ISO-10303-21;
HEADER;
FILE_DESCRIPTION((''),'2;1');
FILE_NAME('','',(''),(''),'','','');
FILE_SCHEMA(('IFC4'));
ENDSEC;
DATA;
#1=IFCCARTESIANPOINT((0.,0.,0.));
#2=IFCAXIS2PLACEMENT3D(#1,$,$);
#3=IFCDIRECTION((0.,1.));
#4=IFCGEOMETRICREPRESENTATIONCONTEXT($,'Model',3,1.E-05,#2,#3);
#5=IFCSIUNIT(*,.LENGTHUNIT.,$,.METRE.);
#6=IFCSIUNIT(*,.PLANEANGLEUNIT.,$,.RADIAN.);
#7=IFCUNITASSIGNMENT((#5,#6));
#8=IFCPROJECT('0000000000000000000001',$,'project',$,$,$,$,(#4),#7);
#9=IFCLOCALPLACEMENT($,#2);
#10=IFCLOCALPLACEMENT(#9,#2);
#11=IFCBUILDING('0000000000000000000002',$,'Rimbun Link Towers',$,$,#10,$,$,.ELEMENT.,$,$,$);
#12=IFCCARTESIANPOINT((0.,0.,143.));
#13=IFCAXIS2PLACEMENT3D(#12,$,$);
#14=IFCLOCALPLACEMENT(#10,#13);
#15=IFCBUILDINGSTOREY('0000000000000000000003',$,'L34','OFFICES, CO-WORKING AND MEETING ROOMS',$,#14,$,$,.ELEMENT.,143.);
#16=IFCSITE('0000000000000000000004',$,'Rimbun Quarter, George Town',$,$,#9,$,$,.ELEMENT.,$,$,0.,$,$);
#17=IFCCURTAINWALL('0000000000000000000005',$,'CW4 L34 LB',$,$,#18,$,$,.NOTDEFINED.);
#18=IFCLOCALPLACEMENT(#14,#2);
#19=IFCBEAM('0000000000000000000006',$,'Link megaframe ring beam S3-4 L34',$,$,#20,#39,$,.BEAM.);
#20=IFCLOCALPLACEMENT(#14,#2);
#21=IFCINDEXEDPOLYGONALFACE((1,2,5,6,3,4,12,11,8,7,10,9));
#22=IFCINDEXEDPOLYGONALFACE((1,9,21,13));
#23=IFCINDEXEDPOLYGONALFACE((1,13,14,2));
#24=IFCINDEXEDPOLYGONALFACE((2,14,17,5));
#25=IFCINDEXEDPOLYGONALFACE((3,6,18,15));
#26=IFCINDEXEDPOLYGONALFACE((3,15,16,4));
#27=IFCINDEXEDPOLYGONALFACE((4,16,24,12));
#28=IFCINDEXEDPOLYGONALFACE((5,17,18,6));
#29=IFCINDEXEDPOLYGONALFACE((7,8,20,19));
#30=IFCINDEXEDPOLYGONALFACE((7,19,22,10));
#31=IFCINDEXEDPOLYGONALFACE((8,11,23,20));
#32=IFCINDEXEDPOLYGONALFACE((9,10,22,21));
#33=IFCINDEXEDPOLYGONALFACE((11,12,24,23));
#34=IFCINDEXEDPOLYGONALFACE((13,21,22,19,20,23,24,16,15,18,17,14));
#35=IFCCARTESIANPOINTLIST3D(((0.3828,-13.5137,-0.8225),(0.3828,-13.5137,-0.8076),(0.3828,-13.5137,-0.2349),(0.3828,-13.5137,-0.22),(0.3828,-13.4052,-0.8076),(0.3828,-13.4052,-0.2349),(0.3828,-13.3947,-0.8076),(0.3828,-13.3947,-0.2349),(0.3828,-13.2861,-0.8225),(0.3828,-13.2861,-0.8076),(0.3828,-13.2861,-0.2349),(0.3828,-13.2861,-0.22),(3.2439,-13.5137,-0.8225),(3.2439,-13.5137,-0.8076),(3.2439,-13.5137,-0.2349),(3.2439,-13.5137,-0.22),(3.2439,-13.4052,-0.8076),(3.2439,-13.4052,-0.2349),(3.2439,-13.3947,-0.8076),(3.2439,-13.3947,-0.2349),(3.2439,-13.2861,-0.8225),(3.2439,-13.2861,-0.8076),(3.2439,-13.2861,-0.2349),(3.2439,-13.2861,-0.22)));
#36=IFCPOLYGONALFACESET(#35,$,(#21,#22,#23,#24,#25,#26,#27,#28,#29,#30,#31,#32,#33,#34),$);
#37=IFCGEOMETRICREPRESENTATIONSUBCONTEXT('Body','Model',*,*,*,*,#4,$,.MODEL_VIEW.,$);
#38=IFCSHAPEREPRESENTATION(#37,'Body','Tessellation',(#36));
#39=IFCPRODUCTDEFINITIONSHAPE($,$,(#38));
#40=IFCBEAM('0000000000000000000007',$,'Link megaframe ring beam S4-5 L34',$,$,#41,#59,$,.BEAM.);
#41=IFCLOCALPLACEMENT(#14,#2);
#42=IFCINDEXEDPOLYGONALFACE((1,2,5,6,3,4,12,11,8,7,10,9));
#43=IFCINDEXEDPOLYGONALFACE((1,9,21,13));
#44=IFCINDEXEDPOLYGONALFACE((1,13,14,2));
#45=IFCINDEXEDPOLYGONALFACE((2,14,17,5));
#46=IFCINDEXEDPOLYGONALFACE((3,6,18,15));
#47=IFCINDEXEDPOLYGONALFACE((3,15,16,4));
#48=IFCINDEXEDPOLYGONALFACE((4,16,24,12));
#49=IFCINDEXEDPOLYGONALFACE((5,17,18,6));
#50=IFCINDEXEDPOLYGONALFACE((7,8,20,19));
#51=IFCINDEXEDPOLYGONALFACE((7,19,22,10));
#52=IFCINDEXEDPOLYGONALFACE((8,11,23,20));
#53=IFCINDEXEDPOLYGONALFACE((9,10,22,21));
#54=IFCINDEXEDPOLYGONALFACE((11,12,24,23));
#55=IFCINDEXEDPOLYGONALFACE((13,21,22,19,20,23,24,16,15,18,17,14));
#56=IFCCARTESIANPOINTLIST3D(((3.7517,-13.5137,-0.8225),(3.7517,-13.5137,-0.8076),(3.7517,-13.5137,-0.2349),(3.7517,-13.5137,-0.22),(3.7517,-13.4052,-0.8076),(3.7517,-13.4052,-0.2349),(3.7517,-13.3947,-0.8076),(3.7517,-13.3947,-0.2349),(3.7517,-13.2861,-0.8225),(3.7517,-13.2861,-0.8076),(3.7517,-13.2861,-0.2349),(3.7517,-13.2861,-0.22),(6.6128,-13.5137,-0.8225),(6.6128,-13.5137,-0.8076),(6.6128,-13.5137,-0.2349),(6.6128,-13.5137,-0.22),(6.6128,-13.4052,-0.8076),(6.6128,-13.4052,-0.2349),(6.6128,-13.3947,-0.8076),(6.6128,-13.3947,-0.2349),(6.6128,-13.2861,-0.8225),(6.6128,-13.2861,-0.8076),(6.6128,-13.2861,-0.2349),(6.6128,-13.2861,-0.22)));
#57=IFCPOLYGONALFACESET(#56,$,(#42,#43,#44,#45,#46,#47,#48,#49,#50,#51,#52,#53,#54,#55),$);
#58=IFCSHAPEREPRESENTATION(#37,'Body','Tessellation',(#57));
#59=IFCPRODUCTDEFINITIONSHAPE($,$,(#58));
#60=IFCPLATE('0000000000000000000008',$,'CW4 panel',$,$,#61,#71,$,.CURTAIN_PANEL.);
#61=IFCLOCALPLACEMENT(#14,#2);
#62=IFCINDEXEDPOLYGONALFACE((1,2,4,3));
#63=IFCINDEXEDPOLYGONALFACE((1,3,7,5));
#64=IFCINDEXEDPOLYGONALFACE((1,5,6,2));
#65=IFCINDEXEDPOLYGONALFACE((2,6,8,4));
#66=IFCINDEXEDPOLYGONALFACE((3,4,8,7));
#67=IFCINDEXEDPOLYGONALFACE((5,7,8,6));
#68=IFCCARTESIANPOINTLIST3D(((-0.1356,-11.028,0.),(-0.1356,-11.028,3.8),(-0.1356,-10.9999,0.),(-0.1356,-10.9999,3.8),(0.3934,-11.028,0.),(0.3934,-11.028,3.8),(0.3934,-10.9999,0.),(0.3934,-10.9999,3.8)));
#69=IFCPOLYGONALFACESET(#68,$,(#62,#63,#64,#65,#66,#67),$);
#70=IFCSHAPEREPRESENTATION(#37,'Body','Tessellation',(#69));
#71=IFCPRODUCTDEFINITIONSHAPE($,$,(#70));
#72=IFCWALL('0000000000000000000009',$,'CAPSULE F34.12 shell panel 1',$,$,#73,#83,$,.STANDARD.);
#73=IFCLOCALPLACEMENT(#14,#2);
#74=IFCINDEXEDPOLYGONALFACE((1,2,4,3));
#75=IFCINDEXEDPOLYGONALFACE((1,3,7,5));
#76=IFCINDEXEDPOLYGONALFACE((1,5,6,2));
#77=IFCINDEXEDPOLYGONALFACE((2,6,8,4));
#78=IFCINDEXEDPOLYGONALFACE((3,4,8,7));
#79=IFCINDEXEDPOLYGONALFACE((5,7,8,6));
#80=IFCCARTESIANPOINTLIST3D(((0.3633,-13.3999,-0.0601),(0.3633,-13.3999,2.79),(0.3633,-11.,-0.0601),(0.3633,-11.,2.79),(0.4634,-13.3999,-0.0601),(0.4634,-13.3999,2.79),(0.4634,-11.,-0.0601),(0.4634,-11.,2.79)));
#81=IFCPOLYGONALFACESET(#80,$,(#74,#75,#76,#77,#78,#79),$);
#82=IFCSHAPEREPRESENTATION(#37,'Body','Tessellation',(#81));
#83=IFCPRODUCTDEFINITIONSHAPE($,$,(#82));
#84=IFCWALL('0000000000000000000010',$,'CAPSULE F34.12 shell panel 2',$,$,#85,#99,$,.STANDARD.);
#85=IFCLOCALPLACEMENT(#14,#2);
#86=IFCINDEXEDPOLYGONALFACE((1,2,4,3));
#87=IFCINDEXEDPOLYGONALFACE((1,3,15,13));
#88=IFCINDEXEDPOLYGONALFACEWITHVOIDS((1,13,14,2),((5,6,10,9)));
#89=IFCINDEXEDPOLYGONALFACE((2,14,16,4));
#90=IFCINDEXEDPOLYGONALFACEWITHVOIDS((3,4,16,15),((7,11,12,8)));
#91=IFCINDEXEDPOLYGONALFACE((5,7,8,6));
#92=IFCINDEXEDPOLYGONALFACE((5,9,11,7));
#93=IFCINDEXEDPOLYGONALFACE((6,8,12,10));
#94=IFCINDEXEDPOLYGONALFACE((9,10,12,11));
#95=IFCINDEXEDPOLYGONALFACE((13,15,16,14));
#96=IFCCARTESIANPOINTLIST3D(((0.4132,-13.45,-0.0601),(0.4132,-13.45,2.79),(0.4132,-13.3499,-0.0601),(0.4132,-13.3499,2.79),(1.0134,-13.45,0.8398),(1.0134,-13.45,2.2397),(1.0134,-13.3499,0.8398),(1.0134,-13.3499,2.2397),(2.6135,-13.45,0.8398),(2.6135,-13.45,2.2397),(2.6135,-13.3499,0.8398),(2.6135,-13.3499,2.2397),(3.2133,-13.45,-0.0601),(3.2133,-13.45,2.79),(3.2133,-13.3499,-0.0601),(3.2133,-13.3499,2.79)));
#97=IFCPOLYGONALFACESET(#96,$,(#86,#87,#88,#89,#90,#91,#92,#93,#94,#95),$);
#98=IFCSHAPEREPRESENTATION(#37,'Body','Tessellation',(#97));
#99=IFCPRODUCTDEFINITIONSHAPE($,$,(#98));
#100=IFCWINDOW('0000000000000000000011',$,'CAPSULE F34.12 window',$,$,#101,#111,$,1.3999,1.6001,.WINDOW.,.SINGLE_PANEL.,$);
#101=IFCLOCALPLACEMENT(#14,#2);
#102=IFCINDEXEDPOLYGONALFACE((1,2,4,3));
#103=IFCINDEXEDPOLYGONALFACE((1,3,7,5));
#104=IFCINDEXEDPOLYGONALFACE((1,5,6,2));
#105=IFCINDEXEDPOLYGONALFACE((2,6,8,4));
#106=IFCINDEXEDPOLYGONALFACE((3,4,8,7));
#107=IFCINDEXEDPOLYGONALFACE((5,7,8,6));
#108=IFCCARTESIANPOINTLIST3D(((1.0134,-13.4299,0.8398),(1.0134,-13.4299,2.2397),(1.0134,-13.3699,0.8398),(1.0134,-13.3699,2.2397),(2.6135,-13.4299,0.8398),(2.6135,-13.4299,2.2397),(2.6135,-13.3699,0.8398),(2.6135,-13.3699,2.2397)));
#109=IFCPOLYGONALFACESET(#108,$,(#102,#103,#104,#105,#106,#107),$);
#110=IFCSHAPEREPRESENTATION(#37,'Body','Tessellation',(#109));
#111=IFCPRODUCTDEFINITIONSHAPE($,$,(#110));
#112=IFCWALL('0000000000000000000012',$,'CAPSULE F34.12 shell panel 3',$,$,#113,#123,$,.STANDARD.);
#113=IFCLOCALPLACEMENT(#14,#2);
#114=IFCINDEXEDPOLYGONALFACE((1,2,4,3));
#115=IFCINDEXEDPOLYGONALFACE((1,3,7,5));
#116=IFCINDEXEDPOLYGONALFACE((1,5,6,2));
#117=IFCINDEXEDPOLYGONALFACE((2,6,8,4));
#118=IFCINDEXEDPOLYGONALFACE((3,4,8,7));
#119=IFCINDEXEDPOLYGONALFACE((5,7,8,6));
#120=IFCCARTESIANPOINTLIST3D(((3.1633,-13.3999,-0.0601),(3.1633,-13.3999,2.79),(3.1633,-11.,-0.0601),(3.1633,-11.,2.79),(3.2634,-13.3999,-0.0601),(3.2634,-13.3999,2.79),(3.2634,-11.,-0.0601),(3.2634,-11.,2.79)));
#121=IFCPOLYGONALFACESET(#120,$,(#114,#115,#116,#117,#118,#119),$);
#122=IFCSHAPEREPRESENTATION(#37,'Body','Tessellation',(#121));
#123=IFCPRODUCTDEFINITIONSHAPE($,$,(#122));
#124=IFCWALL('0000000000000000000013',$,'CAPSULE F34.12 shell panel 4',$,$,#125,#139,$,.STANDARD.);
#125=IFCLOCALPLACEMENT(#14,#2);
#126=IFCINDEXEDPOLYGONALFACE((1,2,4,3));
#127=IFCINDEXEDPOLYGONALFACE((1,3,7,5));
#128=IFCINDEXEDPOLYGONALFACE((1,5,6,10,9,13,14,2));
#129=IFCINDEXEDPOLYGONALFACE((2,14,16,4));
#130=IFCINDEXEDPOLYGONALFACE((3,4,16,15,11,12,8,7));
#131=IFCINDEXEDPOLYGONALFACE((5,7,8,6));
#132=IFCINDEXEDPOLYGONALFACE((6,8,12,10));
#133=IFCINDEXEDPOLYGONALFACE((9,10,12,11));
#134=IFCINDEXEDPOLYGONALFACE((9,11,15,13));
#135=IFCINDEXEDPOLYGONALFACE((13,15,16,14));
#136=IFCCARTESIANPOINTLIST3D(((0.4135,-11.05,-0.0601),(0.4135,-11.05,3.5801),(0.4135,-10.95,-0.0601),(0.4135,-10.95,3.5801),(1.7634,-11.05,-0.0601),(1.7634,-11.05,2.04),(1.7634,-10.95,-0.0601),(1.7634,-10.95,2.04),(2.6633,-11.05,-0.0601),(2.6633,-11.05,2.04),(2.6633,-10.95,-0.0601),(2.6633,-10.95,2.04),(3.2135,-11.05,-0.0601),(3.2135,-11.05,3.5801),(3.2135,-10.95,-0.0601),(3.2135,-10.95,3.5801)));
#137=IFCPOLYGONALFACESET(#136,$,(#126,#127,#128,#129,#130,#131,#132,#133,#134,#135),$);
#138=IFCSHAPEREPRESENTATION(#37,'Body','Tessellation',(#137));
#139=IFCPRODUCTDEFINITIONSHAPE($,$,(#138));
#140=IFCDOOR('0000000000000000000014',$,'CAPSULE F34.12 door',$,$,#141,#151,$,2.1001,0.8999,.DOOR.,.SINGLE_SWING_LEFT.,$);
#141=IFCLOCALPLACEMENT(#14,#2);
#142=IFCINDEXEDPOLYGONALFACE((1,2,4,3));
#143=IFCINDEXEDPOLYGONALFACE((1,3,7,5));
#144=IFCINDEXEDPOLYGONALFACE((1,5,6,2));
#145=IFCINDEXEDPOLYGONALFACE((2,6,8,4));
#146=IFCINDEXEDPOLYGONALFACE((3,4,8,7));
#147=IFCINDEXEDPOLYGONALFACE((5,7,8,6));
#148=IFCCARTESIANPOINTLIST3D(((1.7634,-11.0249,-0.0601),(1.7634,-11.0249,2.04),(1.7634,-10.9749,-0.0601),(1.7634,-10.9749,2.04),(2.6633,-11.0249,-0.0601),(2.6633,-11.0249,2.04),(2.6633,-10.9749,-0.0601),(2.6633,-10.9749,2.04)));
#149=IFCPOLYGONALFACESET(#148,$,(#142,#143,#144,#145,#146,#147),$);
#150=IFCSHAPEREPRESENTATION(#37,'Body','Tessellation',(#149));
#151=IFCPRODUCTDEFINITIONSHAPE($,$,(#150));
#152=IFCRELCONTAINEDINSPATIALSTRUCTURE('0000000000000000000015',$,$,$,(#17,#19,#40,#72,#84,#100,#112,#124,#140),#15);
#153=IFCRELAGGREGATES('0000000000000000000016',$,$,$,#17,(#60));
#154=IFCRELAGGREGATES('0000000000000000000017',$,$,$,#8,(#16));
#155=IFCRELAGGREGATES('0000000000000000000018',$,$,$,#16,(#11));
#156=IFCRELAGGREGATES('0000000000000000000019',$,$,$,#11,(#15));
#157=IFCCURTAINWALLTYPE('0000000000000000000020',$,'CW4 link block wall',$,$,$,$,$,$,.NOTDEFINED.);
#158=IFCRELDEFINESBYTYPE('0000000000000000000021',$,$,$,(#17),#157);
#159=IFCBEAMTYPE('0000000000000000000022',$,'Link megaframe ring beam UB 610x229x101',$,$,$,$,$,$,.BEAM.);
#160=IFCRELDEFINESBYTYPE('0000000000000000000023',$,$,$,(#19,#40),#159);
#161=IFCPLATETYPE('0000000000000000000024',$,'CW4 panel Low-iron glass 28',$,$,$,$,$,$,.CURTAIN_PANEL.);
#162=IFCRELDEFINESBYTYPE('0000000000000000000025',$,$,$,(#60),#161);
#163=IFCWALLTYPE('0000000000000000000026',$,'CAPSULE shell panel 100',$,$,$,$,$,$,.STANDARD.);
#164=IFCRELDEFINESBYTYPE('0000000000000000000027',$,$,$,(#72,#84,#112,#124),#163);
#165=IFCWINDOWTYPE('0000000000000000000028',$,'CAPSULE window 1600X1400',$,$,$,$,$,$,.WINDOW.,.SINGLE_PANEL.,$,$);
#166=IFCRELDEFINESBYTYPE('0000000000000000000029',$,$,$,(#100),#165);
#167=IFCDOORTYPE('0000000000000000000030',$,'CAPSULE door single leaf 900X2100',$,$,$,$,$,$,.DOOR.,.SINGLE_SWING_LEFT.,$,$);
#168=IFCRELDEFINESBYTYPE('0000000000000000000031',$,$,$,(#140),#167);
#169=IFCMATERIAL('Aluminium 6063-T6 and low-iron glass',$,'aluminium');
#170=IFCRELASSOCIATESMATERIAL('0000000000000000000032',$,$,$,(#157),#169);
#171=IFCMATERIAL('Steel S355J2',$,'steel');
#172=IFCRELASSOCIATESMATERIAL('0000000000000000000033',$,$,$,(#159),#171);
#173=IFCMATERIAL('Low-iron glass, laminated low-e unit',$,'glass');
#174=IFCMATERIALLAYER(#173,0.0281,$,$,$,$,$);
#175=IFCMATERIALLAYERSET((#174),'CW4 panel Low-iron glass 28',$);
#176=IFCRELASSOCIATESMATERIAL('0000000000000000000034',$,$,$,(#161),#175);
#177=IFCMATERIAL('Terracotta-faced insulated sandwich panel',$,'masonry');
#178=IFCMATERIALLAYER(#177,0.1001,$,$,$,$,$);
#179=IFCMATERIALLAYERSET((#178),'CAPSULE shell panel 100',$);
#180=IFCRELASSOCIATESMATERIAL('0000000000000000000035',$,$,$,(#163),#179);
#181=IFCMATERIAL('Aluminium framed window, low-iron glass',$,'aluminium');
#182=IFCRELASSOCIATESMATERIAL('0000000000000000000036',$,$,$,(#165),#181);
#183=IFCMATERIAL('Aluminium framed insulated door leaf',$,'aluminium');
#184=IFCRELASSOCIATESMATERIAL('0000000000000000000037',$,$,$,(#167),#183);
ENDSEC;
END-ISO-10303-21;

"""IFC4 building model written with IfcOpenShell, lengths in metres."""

from ifc_helpers import new_model, si_unit, direction, frame, frame_2d, origin, origin_2d, place, context, subcontext, project, spatial, rectangle, i_section, extrude, material, layer, layer_set, material_profile, profile_set, type_object, element, fill, aggregate, save


model = new_model("IFC4")

# Units and contexts
model_context = context("Model", 3, precision=1e-05, world=origin(), true_north=direction((0.0, 1.0)))
body_context = subcontext(model_context, "Body", "Model", "MODEL_VIEW")
ifc_project = project(units=[si_unit("LENGTHUNIT", "METRE"), si_unit("PLANEANGLEUNIT", "RADIAN")], contexts=[model_context])

# Site, building, storey
site_placement = place(None, origin())
site = spatial("IfcSite", under=ifc_project, at=site_placement, Name="Rimbun Quarter, George Town", CompositionType="ELEMENT", RefElevation=0.0)
building_placement = place(site_placement, origin())
building = spatial("IfcBuilding", under=site, at=building_placement, Name="Rimbun Link Towers", CompositionType="ELEMENT")
storey_placement = place(building_placement, frame((0.0, 0.0, 143.0)))
storey = spatial("IfcBuildingStorey", under=building, at=storey_placement, Name="L34", Description="OFFICES, CO-WORKING AND MEETING ROOMS", CompositionType="ELEMENT", Elevation=143.0)

# Curtain wall
ifc_material_1 = material(Name="Aluminium 6063-T6 and low-iron glass", Category="aluminium")
curtain_wall_type = type_object("IfcCurtainWallType", Name="CW4 link block wall", PredefinedType="NOTDEFINED", material=ifc_material_1)
curtain_wall_placement = place(storey_placement, origin())
curtain_wall = element("IfcCurtainWall", 1, at=curtain_wall_placement, inside=storey, type_object=curtain_wall_type, Name="CW4 L34 LB", PredefinedType="NOTDEFINED")

# Beams
ifc_material_2 = material(Name="Steel S355J2", Category="steel")
ifc_material_profile_1 = material_profile(ifc_material_2, i_section(OverallWidth=0.2275, OverallDepth=0.6025, WebThickness=0.0105, FlangeThickness=0.0149, at=origin_2d()), Name="UB 610x229x101")
ifc_profile_set_1 = profile_set([ifc_material_profile_1], Name="Steel S355J2")
beam_type_1 = type_object("IfcBeamType", Name="Link megaframe ring beam UB 610x229x101", PredefinedType="BEAM", material=ifc_profile_set_1)
for number, where, z_axis, x_axis, name in (
    (2, (0.3828, -13.3999, -0.5212), (1.0, 0.0, 0.0), (0.0, 1.0, 0.0), "Link megaframe ring beam S3-4 L34"),
    (3, (3.7517, -13.3999, -0.5212), (1.0, 0.0, 0.0), (0.0, 1.0, 0.0), "Link megaframe ring beam S4-5 L34"),
):
    element("IfcBeam", number, at=place(storey_placement, frame(where, z_axis=z_axis, x_axis=x_axis)), inside=storey, type_object=beam_type_1, Name=name, PredefinedType="BEAM", context=body_context, shape_type="SweptSolid", body=[
        extrude(i_section(OverallWidth=0.2275, OverallDepth=0.6025, WebThickness=0.0105, FlangeThickness=0.0149, at=origin_2d()), origin(), (0.0, 0.0, 1.0), 2.8611),
    ])

# Plate
ifc_material_3 = material(Name="Low-iron glass, laminated low-e unit", Category="glass")
ifc_layer_1 = layer(ifc_material_3, 0.0281)
ifc_layer_set_1 = layer_set([ifc_layer_1], Name="CW4 panel Low-iron glass 28")
plate_type = type_object("IfcPlateType", Name="CW4 panel Low-iron glass 28", PredefinedType="CURTAIN_PANEL", material=ifc_layer_set_1)
plate_placement = place(storey_placement, frame((0.1289, -11.0139, 0.0), z_axis=(0.0, 0.0, 1.0), x_axis=(-1.0, 0.0, 0.0)))
plate = element("IfcPlate", 4, at=plate_placement, type_object=plate_type, Name="CW4 panel", PredefinedType="CURTAIN_PANEL", context=body_context, shape_type="SweptSolid", body=[
    extrude(rectangle(XDim=0.5291, YDim=0.0281, at=origin_2d()), origin(), (0.0, 0.0, 1.0), 3.8),
])
aggregate(curtain_wall, [plate])

# Wall
ifc_material_4 = material(Name="Terracotta-faced insulated sandwich panel", Category="masonry")
ifc_layer_2 = layer(ifc_material_4, 0.1001)
ifc_layer_set_2 = layer_set([ifc_layer_2], Name="CAPSULE shell panel 100")
wall_type = type_object("IfcWallType", Name="CAPSULE shell panel 100", PredefinedType="STANDARD", material=ifc_layer_set_2)
wall_1_placement = place(storey_placement, frame((0.4133, -11.0, -0.0601), z_axis=(0.0, 0.0, 1.0), x_axis=(0.0, -1.0, 0.0)))
element("IfcWall", 5, at=wall_1_placement, inside=storey, type_object=wall_type, Name="CAPSULE F34.12 shell panel 1", PredefinedType="STANDARD", context=body_context, shape_type="SweptSolid", body=[
    extrude(rectangle(XDim=2.3999, YDim=0.1001, at=frame_2d((1.2, 0.0))), origin(), (0.0, 0.0, 1.0), 2.8501),
])

# Wall, opening, window
wall_2_placement = place(storey_placement, frame((0.4133, -13.3999, -0.0601), z_axis=(0.0, 0.0, 1.0), x_axis=(1.0, 0.0, 0.0)))
wall_2 = element("IfcWall", 6, at=wall_2_placement, inside=storey, type_object=wall_type, Name="CAPSULE F34.12 shell panel 2", PredefinedType="STANDARD", context=body_context, shape_type="SweptSolid", body=[
    extrude(rectangle(XDim=2.8, YDim=0.1001, at=frame_2d((1.3999, 0.0))), origin(), (0.0, 0.0, 1.0), 2.8501),
])
opening_1_placement = place(wall_2_placement, frame((0.6001, 0.0, 0.8999)))
opening_1 = element("IfcOpeningElement", 7, at=opening_1_placement, cuts=wall_2, PredefinedType="OPENING", context=body_context, shape_type="SweptSolid", body=[
    extrude(rectangle(XDim=1.6001, YDim=1.3999, at=frame_2d((0.8, 0.7))), frame((0.0, 0.0601, 0.0), z_axis=(0.0, -1.0, 0.0), x_axis=(1.0, 0.0, 0.0)), (0.0, 0.0, 1.0), 0.1201),
])
ifc_material_5 = material(Name="Aluminium framed window, low-iron glass", Category="aluminium")
window_type = type_object("IfcWindowType", Name="CAPSULE window 1600X1400", PartitioningType="SINGLE_PANEL", PredefinedType="WINDOW", material=ifc_material_5)
window_placement = place(opening_1_placement, origin())
window = element("IfcWindow", 8, at=window_placement, inside=storey, type_object=window_type, Name="CAPSULE F34.12 window", OverallHeight=1.3999, OverallWidth=1.6001, PartitioningType="SINGLE_PANEL", PredefinedType="WINDOW", context=body_context, shape_type="SweptSolid", body=[
    extrude(rectangle(XDim=1.6001, YDim=1.3999, at=frame_2d((0.8, 0.7))), frame((0.0, 0.03, 0.0), z_axis=(0.0, -1.0, 0.0), x_axis=(1.0, 0.0, 0.0)), (0.0, 0.0, 1.0), 0.0601),
])
fill(opening_1, window)

# Wall
wall_3_placement = place(storey_placement, frame((3.2134, -13.3999, -0.0601), z_axis=(0.0, 0.0, 1.0), x_axis=(0.0, 1.0, 0.0)))
element("IfcWall", 9, at=wall_3_placement, inside=storey, type_object=wall_type, Name="CAPSULE F34.12 shell panel 3", PredefinedType="STANDARD", context=body_context, shape_type="SweptSolid", body=[
    extrude(rectangle(XDim=2.3999, YDim=0.1001, at=frame_2d((1.2, 0.0))), origin(), (0.0, 0.0, 1.0), 2.8501),
])

# Wall, opening, door
wall_4_placement = place(storey_placement, frame((3.2134, -11.0, -0.0601), z_axis=(0.0, 0.0, 1.0), x_axis=(-1.0, 0.0, 0.0)))
wall_4 = element("IfcWall", 10, at=wall_4_placement, inside=storey, type_object=wall_type, Name="CAPSULE F34.12 shell panel 4", PredefinedType="STANDARD", context=body_context, shape_type="SweptSolid", body=[
    extrude(rectangle(XDim=2.8, YDim=0.1001, at=frame_2d((1.3999, 0.0))), origin(), (0.0, 0.0, 1.0), 3.6401),
])
opening_2_placement = place(wall_4_placement, frame((0.55, 0.0, 0.0)))
opening_2 = element("IfcOpeningElement", 11, at=opening_2_placement, cuts=wall_4, PredefinedType="OPENING", context=body_context, shape_type="SweptSolid", body=[
    extrude(rectangle(XDim=0.8999, YDim=2.1001, at=frame_2d((0.45, 1.05))), frame((0.0, 0.0601, 0.0), z_axis=(0.0, -1.0, 0.0), x_axis=(1.0, 0.0, 0.0)), (0.0, 0.0, 1.0), 0.1201),
])
ifc_material_6 = material(Name="Aluminium framed insulated door leaf", Category="aluminium")
door_type = type_object("IfcDoorType", Name="CAPSULE door single leaf 900X2100", OperationType="SINGLE_SWING_LEFT", PredefinedType="DOOR", material=ifc_material_6)
door_placement = place(opening_2_placement, origin())
door = element("IfcDoor", 12, at=door_placement, inside=storey, type_object=door_type, Name="CAPSULE F34.12 door", OperationType="SINGLE_SWING_LEFT", OverallHeight=2.1001, OverallWidth=0.8999, PredefinedType="DOOR", context=body_context, shape_type="SweptSolid", body=[
    extrude(rectangle(XDim=0.8999, YDim=2.1001, at=frame_2d((0.45, 1.05))), frame((0.0, 0.0249, 0.0), z_axis=(0.0, -1.0, 0.0), x_axis=(1.0, 0.0, 0.0)), (0.0, 0.0, 1.0), 0.05),
])
fill(opening_2, door)

save(model, "model.ifc")
